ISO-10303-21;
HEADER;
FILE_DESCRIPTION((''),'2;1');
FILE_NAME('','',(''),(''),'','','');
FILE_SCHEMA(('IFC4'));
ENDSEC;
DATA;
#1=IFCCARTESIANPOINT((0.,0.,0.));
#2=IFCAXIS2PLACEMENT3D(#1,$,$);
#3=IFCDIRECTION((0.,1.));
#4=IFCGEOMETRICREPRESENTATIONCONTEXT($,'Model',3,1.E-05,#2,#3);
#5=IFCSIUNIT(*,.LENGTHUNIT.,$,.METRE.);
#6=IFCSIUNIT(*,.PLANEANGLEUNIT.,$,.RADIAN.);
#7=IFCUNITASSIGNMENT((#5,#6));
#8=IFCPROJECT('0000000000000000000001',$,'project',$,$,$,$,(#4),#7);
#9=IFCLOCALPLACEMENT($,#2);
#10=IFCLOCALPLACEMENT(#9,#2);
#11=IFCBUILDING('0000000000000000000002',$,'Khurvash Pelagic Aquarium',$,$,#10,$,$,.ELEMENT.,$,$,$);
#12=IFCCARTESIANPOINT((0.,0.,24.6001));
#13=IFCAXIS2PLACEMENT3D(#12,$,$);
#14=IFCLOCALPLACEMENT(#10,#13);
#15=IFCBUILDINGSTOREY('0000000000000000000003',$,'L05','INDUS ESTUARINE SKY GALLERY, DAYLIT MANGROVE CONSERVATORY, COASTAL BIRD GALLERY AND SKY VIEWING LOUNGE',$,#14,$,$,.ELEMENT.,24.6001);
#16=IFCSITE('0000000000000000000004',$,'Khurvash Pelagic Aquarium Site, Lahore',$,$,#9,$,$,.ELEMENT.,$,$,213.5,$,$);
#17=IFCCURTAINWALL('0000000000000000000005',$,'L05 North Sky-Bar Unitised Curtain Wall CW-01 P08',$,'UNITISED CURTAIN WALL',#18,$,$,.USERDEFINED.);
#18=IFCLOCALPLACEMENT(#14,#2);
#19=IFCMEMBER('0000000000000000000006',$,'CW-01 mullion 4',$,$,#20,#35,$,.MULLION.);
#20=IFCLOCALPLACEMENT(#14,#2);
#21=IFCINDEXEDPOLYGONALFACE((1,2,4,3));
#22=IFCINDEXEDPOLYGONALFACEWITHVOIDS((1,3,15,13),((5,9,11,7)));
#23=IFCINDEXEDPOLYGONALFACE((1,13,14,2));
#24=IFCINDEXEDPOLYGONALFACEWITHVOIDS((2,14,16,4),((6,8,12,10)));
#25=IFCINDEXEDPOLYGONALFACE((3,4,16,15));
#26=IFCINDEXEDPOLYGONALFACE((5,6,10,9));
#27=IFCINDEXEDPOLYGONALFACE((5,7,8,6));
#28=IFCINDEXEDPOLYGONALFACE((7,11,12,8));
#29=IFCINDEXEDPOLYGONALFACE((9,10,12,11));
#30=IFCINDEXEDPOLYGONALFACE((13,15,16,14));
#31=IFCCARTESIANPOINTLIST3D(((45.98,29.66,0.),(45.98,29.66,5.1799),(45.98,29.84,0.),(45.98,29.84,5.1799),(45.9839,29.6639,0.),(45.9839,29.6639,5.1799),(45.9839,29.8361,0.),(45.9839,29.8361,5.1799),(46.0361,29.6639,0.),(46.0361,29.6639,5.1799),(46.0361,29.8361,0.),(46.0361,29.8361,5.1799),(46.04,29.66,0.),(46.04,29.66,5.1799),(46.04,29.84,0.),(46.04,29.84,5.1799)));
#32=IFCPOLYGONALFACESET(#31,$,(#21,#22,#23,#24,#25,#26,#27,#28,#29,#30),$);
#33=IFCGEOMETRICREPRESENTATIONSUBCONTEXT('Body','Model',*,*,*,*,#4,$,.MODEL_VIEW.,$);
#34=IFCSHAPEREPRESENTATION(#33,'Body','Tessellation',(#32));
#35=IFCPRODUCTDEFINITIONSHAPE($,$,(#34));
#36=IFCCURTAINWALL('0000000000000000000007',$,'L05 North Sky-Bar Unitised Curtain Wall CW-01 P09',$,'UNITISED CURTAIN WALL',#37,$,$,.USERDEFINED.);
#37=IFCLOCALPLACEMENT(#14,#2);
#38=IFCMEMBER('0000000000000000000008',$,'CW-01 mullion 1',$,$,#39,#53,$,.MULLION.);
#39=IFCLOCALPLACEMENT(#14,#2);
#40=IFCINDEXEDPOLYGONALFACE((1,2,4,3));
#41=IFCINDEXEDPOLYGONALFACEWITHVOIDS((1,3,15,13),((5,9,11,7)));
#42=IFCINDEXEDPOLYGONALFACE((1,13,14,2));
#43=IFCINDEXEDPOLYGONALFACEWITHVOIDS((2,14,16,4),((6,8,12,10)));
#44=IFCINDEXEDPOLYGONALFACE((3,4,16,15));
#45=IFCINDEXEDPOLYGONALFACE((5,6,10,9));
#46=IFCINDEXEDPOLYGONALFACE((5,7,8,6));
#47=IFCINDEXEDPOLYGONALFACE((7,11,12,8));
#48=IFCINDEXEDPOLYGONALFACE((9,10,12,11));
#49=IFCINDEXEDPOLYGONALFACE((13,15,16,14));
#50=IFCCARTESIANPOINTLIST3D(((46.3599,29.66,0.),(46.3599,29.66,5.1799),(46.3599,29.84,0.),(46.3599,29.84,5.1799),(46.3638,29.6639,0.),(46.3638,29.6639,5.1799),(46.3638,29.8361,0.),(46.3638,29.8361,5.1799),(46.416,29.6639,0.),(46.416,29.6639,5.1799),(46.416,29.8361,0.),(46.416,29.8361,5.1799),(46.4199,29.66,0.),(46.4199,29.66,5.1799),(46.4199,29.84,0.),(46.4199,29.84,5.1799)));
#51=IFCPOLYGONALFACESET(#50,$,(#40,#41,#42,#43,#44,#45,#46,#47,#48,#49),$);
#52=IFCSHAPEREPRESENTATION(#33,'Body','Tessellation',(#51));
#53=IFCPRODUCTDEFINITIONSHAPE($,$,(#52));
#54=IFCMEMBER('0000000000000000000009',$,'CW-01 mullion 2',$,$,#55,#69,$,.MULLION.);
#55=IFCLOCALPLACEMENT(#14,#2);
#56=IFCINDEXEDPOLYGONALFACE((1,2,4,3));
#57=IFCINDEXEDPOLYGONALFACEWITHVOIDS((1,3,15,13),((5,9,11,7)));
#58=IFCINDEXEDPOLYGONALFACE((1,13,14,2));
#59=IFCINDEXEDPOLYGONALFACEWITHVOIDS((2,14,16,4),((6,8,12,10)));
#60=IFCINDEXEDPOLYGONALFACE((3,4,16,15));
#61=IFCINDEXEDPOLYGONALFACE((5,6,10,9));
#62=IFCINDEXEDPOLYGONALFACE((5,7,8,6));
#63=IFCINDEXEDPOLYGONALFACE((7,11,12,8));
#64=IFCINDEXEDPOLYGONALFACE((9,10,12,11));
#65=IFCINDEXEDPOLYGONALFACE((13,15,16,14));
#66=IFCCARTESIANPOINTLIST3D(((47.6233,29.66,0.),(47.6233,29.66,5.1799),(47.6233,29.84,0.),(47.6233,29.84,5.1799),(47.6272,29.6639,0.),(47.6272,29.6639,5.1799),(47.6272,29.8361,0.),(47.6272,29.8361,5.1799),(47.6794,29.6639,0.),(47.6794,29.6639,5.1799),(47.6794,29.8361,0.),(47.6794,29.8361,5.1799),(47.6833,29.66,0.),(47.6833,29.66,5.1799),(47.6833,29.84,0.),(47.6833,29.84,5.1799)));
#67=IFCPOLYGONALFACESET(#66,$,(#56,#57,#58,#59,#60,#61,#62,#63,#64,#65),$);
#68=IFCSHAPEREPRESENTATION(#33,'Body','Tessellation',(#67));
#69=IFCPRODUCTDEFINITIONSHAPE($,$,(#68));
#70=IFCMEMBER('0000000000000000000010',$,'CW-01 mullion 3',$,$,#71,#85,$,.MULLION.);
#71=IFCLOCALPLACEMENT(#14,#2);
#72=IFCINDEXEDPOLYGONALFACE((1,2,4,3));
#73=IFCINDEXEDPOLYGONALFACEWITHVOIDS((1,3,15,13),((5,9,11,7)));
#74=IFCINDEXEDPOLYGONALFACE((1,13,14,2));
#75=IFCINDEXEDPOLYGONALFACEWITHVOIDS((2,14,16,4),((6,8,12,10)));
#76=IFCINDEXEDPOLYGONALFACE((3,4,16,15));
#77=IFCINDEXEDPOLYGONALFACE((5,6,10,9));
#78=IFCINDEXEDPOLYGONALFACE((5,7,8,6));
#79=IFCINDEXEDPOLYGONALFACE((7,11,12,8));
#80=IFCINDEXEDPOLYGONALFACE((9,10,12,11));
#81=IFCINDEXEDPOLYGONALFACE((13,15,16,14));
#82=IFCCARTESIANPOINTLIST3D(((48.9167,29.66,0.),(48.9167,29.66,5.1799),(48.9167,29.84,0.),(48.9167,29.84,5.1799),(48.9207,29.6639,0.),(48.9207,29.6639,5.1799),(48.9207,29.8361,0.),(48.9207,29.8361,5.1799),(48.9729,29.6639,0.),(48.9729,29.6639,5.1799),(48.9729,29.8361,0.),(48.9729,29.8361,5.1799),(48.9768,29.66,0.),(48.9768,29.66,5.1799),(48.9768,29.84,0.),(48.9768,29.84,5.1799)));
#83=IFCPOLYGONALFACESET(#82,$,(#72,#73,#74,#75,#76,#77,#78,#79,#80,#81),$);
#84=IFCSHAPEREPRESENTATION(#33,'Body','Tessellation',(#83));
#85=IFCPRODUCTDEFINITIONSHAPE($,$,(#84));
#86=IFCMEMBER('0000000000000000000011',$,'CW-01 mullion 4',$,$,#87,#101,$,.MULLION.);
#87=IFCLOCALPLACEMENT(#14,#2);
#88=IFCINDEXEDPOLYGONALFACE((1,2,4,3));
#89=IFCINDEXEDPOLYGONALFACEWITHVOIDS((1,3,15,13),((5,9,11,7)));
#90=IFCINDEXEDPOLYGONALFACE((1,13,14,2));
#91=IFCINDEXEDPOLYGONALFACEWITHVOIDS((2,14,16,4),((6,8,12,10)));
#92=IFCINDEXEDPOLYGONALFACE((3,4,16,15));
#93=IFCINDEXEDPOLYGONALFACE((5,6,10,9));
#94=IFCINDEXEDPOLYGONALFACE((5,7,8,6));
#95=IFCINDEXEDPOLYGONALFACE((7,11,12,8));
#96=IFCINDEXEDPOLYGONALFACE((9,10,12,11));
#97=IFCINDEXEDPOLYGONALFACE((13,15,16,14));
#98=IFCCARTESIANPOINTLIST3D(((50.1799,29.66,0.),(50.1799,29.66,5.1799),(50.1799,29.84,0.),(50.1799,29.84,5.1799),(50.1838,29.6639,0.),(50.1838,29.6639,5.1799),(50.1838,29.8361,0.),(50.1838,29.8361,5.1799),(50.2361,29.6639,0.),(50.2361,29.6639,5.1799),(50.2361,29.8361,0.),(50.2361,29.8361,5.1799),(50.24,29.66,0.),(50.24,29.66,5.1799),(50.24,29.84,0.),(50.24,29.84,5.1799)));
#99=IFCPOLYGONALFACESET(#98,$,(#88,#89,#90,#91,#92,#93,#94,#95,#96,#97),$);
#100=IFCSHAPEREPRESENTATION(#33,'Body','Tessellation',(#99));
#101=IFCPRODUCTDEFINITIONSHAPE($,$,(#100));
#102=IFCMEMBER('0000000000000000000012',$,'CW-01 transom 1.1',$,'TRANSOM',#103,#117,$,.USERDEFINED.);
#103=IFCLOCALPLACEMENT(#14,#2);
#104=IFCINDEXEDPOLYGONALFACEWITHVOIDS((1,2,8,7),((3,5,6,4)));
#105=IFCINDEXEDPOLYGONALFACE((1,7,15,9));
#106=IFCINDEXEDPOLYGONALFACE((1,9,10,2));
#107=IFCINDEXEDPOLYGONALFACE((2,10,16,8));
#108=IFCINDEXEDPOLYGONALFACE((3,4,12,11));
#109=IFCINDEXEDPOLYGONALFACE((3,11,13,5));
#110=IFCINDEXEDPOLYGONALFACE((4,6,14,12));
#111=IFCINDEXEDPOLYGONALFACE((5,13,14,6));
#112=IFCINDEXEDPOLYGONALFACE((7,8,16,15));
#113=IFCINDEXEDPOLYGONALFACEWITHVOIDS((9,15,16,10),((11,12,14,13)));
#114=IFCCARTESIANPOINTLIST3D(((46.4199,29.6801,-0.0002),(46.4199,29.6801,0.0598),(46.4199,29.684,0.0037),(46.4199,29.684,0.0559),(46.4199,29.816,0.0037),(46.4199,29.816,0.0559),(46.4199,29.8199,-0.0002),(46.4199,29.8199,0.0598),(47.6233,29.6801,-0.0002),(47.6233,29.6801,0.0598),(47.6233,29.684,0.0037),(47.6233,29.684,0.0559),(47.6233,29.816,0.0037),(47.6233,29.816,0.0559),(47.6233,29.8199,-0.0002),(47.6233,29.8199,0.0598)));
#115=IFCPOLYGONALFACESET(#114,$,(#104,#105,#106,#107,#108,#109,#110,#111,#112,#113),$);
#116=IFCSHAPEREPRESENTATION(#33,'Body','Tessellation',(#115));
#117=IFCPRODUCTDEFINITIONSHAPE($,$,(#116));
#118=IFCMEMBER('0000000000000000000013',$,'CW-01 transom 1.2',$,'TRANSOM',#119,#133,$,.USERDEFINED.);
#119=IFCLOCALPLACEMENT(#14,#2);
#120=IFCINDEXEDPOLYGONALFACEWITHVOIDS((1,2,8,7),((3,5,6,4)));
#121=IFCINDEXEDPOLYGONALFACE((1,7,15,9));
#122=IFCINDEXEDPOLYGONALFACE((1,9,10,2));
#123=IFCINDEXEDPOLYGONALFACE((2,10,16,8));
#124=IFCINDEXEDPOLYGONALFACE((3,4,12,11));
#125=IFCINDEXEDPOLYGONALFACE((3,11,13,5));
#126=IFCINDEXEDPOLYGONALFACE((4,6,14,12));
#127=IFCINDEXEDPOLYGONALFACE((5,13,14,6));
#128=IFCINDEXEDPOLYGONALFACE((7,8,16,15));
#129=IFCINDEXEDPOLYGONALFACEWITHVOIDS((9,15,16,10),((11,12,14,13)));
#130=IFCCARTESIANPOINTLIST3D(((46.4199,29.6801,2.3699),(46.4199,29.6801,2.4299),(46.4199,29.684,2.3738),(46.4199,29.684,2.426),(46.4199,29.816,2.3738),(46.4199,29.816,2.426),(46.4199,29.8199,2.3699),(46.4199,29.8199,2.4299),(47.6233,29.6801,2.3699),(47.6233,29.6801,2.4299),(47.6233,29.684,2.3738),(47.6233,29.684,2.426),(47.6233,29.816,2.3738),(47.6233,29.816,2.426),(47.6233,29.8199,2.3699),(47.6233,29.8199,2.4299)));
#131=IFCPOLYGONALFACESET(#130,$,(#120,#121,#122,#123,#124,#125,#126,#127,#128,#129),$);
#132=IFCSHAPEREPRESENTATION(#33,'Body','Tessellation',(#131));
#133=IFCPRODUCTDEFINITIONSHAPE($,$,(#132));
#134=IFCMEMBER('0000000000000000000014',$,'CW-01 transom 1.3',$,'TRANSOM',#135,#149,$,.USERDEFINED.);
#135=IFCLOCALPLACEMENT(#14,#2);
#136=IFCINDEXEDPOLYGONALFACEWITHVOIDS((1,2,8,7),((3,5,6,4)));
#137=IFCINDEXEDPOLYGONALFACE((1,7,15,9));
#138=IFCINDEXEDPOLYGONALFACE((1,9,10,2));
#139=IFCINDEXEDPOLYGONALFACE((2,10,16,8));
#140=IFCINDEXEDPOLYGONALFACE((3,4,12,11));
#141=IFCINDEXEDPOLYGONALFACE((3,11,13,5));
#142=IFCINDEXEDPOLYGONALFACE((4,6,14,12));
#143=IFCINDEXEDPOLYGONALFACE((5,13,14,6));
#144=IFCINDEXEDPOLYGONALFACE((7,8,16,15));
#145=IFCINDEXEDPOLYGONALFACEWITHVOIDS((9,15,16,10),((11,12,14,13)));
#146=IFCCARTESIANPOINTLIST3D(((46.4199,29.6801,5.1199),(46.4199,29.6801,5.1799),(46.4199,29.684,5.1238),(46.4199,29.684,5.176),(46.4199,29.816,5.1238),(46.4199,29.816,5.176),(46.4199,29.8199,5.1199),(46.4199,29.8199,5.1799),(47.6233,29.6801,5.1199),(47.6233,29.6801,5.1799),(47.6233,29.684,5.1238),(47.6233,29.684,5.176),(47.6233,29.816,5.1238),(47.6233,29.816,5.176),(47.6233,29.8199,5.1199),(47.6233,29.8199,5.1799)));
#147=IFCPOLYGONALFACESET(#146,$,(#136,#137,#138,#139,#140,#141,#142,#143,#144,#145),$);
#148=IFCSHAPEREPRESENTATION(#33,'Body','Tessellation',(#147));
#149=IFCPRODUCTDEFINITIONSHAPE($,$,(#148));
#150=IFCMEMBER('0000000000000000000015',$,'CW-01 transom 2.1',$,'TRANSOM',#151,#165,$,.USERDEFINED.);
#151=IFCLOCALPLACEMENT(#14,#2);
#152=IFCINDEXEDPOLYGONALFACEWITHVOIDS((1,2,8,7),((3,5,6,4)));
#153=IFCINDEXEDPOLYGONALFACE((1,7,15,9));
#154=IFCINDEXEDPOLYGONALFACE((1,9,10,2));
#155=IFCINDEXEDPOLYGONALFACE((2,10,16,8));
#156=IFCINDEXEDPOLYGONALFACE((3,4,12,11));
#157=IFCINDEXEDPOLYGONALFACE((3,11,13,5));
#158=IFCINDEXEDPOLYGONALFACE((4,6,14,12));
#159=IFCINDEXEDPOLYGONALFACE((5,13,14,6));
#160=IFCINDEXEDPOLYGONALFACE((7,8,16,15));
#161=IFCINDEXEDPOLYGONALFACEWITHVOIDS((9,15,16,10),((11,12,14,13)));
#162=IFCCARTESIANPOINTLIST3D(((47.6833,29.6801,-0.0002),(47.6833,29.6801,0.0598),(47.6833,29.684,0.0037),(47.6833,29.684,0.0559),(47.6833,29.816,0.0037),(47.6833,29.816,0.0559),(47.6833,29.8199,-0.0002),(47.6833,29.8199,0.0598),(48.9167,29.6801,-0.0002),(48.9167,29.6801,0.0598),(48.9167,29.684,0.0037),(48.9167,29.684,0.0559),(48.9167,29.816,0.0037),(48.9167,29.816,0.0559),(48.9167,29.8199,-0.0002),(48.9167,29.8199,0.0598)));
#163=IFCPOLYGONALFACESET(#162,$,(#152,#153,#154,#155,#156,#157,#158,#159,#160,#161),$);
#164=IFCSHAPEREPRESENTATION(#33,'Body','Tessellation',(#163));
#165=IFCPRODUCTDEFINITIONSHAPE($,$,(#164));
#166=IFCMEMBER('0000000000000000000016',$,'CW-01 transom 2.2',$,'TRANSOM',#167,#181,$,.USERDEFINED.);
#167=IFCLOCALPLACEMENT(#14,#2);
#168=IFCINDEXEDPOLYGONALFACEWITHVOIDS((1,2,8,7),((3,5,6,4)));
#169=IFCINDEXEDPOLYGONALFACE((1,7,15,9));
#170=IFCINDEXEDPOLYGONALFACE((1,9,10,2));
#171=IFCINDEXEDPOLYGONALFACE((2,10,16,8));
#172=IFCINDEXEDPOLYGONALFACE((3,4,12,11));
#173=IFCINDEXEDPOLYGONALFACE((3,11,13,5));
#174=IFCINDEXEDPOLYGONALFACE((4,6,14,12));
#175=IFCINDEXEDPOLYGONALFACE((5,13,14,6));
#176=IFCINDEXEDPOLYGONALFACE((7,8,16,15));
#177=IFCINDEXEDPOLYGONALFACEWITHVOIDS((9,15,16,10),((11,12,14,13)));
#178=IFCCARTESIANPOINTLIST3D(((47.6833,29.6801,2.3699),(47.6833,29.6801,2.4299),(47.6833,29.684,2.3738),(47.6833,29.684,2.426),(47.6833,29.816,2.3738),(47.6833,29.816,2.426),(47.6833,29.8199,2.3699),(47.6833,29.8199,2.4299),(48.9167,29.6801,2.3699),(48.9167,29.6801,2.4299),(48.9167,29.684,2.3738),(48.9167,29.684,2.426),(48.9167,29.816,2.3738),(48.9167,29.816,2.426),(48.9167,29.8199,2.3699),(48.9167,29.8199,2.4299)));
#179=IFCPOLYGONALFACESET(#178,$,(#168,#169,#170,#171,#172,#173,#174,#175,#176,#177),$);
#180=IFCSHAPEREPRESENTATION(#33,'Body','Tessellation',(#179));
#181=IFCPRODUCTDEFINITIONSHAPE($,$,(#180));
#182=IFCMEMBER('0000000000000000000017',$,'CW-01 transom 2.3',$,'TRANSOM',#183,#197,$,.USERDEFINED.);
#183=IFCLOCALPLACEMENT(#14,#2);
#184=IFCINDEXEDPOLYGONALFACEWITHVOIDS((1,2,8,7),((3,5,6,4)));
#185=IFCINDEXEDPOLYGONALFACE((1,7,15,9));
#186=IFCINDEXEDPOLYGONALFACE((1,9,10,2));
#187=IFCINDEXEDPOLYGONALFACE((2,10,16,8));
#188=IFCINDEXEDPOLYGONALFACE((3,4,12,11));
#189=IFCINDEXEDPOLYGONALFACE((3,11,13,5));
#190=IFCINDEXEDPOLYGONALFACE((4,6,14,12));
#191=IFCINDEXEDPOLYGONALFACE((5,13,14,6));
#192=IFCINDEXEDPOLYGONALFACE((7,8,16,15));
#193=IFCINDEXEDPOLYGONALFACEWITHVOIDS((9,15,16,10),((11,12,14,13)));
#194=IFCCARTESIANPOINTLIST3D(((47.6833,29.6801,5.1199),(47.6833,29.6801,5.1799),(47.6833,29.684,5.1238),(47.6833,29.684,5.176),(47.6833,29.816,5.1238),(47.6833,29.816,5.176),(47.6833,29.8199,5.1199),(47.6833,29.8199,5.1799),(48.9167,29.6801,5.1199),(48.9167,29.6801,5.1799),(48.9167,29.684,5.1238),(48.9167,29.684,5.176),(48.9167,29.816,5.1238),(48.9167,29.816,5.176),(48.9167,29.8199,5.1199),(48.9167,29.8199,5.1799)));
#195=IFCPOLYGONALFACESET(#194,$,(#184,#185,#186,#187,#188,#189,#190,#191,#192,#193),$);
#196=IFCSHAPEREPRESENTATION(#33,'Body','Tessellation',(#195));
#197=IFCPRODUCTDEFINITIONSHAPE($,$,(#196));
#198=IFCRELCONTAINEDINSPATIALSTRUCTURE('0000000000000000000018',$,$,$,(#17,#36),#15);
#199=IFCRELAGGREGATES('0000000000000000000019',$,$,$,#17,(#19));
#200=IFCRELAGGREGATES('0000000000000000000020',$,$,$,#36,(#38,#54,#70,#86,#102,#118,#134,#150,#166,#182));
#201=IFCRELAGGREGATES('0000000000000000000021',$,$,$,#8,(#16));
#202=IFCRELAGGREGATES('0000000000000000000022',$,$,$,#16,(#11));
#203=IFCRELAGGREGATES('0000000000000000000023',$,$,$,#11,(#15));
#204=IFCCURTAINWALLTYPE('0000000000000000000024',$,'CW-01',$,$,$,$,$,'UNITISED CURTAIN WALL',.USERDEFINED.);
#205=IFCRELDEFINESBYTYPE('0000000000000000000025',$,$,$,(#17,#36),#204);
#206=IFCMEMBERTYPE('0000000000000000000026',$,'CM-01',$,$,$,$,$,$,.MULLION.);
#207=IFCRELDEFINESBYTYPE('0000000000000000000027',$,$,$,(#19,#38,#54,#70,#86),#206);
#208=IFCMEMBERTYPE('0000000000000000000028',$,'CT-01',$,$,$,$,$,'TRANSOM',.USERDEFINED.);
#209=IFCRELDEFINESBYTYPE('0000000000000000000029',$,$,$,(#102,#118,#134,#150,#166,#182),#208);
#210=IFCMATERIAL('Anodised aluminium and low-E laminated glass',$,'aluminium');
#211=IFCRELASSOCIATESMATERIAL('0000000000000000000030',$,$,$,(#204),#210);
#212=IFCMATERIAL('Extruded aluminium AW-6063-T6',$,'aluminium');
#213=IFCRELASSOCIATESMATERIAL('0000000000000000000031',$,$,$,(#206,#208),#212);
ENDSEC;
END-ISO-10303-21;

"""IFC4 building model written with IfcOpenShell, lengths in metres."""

from ifc_helpers import new_model, si_unit, direction, frame, origin, origin_2d, place, context, subcontext, project, spatial, hollow_rectangle, extrude, material, material_profile, profile_set, type_object, element, aggregate, save


model = new_model("IFC4")

# Units and contexts
model_context = context("Model", 3, precision=1e-05, world=origin(), true_north=direction((0.0, 1.0)))
body_context = subcontext(model_context, "Body", "Model", "MODEL_VIEW")
ifc_project = project(units=[si_unit("LENGTHUNIT", "METRE"), si_unit("PLANEANGLEUNIT", "RADIAN")], contexts=[model_context])

# Site, building, storey
site_placement = place(None, origin())
site = spatial("IfcSite", under=ifc_project, at=site_placement, Name="Khurvash Pelagic Aquarium Site, Lahore", CompositionType="ELEMENT", RefElevation=213.5)
building_placement = place(site_placement, origin())
building = spatial("IfcBuilding", under=site, at=building_placement, Name="Khurvash Pelagic Aquarium", CompositionType="ELEMENT")
storey_placement = place(building_placement, frame((0.0, 0.0, 24.6001)))
storey = spatial("IfcBuildingStorey", under=building, at=storey_placement, Name="L05", Description="INDUS ESTUARINE SKY GALLERY, DAYLIT MANGROVE CONSERVATORY, COASTAL BIRD GALLERY AND SKY VIEWING LOUNGE", CompositionType="ELEMENT", Elevation=24.6001)

# Curtain wall, member
ifc_material_1 = material(Name="Anodised aluminium and low-E laminated glass", Category="aluminium")
curtain_wall_type = type_object("IfcCurtainWallType", Name="CW-01", ElementType="UNITISED CURTAIN WALL", PredefinedType="USERDEFINED", material=ifc_material_1)
curtain_wall_1_placement = place(storey_placement, origin())
curtain_wall_1 = element("IfcCurtainWall", 1, at=curtain_wall_1_placement, inside=storey, type_object=curtain_wall_type, Name="L05 North Sky-Bar Unitised Curtain Wall CW-01 P08", ObjectType="UNITISED CURTAIN WALL", PredefinedType="USERDEFINED")
ifc_material_2 = material(Name="Extruded aluminium AW-6063-T6", Category="aluminium")
ifc_material_profile_1 = material_profile(ifc_material_2, hollow_rectangle(XDim=0.0601, YDim=0.1799, WallThickness=0.0039, at=origin_2d()), Name="CWM60X180X4")
ifc_profile_set_1 = profile_set([ifc_material_profile_1], Name="Extruded aluminium AW-6063-T6")
member_type_1 = type_object("IfcMemberType", Name="CM-01", PredefinedType="MULLION", material=ifc_profile_set_1)
member_1_placement = place(storey_placement, frame((46.01, 29.75, 0.0), z_axis=(0.0, 0.0, 1.0), x_axis=(1.0, 0.0, 0.0)))
member_1 = element("IfcMember", 2, at=member_1_placement, type_object=member_type_1, Name="CW-01 mullion 4", PredefinedType="MULLION", context=body_context, shape_type="SweptSolid", body=[
    extrude(hollow_rectangle(XDim=0.0601, YDim=0.1799, WallThickness=0.0039, at=origin_2d()), origin(), (0.0, 0.0, 1.0), 5.1799),
])
aggregate(curtain_wall_1, [member_1])

# Curtain wall, members
curtain_wall_2_placement = place(storey_placement, origin())
curtain_wall_2 = element("IfcCurtainWall", 3, at=curtain_wall_2_placement, inside=storey, type_object=curtain_wall_type, Name="L05 North Sky-Bar Unitised Curtain Wall CW-01 P09", ObjectType="UNITISED CURTAIN WALL", PredefinedType="USERDEFINED")
member_2_placement = place(storey_placement, frame((46.3899, 29.75, 0.0), z_axis=(0.0, 0.0, 1.0), x_axis=(1.0, 0.0, 0.0)))
member_2 = element("IfcMember", 4, at=member_2_placement, type_object=member_type_1, Name="CW-01 mullion 1", PredefinedType="MULLION", context=body_context, shape_type="SweptSolid", body=[
    extrude(hollow_rectangle(XDim=0.0601, YDim=0.1799, WallThickness=0.0039, at=origin_2d()), origin(), (0.0, 0.0, 1.0), 5.1799),
])
member_3_placement = place(storey_placement, frame((47.6533, 29.75, 0.0), z_axis=(0.0, 0.0, 1.0), x_axis=(1.0, 0.0, 0.0)))
member_3 = element("IfcMember", 5, at=member_3_placement, type_object=member_type_1, Name="CW-01 mullion 2", PredefinedType="MULLION", context=body_context, shape_type="SweptSolid", body=[
    extrude(hollow_rectangle(XDim=0.0601, YDim=0.1799, WallThickness=0.0039, at=origin_2d()), origin(), (0.0, 0.0, 1.0), 5.1799),
])
member_4_placement = place(storey_placement, frame((48.9468, 29.75, 0.0), z_axis=(0.0, 0.0, 1.0), x_axis=(1.0, 0.0, 0.0)))
member_4 = element("IfcMember", 6, at=member_4_placement, type_object=member_type_1, Name="CW-01 mullion 3", PredefinedType="MULLION", context=body_context, shape_type="SweptSolid", body=[
    extrude(hollow_rectangle(XDim=0.0601, YDim=0.1799, WallThickness=0.0039, at=origin_2d()), origin(), (0.0, 0.0, 1.0), 5.1799),
])
member_5_placement = place(storey_placement, frame((50.21, 29.75, 0.0), z_axis=(0.0, 0.0, 1.0), x_axis=(1.0, 0.0, 0.0)))
member_5 = element("IfcMember", 7, at=member_5_placement, type_object=member_type_1, Name="CW-01 mullion 4", PredefinedType="MULLION", context=body_context, shape_type="SweptSolid", body=[
    extrude(hollow_rectangle(XDim=0.0601, YDim=0.1799, WallThickness=0.0039, at=origin_2d()), origin(), (0.0, 0.0, 1.0), 5.1799),
])
ifc_material_profile_2 = material_profile(ifc_material_2, hollow_rectangle(XDim=0.1399, YDim=0.0601, WallThickness=0.0039, at=origin_2d()), Name="CWT140X60X4")
ifc_profile_set_2 = profile_set([ifc_material_profile_2], Name="Extruded aluminium AW-6063-T6")
member_type_2 = type_object("IfcMemberType", Name="CT-01", ElementType="TRANSOM", PredefinedType="USERDEFINED", material=ifc_profile_set_2)
member_6_placement = place(storey_placement, frame((46.4199, 29.75, 0.0298), z_axis=(1.0, 0.0, 0.0), x_axis=(0.0, 1.0, 0.0)))
member_6 = element("IfcMember", 8, at=member_6_placement, type_object=member_type_2, Name="CW-01 transom 1.1", ObjectType="TRANSOM", PredefinedType="USERDEFINED", context=body_context, shape_type="SweptSolid", body=[
    extrude(hollow_rectangle(XDim=0.1399, YDim=0.0601, WallThickness=0.0039, at=origin_2d()), origin(), (0.0, 0.0, 1.0), 1.2034),
])
member_7_placement = place(storey_placement, frame((46.4199, 29.75, 2.3999), z_axis=(1.0, 0.0, 0.0), x_axis=(0.0, 1.0, 0.0)))
member_7 = element("IfcMember", 9, at=member_7_placement, type_object=member_type_2, Name="CW-01 transom 1.2", ObjectType="TRANSOM", PredefinedType="USERDEFINED", context=body_context, shape_type="SweptSolid", body=[
    extrude(hollow_rectangle(XDim=0.1399, YDim=0.0601, WallThickness=0.0039, at=origin_2d()), origin(), (0.0, 0.0, 1.0), 1.2034),
])
member_8_placement = place(storey_placement, frame((46.4199, 29.75, 5.1499), z_axis=(1.0, 0.0, 0.0), x_axis=(0.0, 1.0, 0.0)))
member_8 = element("IfcMember", 10, at=member_8_placement, type_object=member_type_2, Name="CW-01 transom 1.3", ObjectType="TRANSOM", PredefinedType="USERDEFINED", context=body_context, shape_type="SweptSolid", body=[
    extrude(hollow_rectangle(XDim=0.1399, YDim=0.0601, WallThickness=0.0039, at=origin_2d()), origin(), (0.0, 0.0, 1.0), 1.2034),
])
member_9_placement = place(storey_placement, frame((47.6833, 29.75, 0.0298), z_axis=(1.0, 0.0, 0.0), x_axis=(0.0, 1.0, 0.0)))
member_9 = element("IfcMember", 11, at=member_9_placement, type_object=member_type_2, Name="CW-01 transom 2.1", ObjectType="TRANSOM", PredefinedType="USERDEFINED", context=body_context, shape_type="SweptSolid", body=[
    extrude(hollow_rectangle(XDim=0.1399, YDim=0.0601, WallThickness=0.0039, at=origin_2d()), origin(), (0.0, 0.0, 1.0), 1.2334),
])
member_10_placement = place(storey_placement, frame((47.6833, 29.75, 2.3999), z_axis=(1.0, 0.0, 0.0), x_axis=(0.0, 1.0, 0.0)))
member_10 = element("IfcMember", 12, at=member_10_placement, type_object=member_type_2, Name="CW-01 transom 2.2", ObjectType="TRANSOM", PredefinedType="USERDEFINED", context=body_context, shape_type="SweptSolid", body=[
    extrude(hollow_rectangle(XDim=0.1399, YDim=0.0601, WallThickness=0.0039, at=origin_2d()), origin(), (0.0, 0.0, 1.0), 1.2334),
])
member_11_placement = place(storey_placement, frame((47.6833, 29.75, 5.1499), z_axis=(1.0, 0.0, 0.0), x_axis=(0.0, 1.0, 0.0)))
member_11 = element("IfcMember", 13, at=member_11_placement, type_object=member_type_2, Name="CW-01 transom 2.3", ObjectType="TRANSOM", PredefinedType="USERDEFINED", context=body_context, shape_type="SweptSolid", body=[
    extrude(hollow_rectangle(XDim=0.1399, YDim=0.0601, WallThickness=0.0039, at=origin_2d()), origin(), (0.0, 0.0, 1.0), 1.2334),
])

aggregate(curtain_wall_2, [member_2, member_3, member_4, member_5, member_6, member_7, member_8, member_9, member_10, member_11])

save(model, "model.ifc")
